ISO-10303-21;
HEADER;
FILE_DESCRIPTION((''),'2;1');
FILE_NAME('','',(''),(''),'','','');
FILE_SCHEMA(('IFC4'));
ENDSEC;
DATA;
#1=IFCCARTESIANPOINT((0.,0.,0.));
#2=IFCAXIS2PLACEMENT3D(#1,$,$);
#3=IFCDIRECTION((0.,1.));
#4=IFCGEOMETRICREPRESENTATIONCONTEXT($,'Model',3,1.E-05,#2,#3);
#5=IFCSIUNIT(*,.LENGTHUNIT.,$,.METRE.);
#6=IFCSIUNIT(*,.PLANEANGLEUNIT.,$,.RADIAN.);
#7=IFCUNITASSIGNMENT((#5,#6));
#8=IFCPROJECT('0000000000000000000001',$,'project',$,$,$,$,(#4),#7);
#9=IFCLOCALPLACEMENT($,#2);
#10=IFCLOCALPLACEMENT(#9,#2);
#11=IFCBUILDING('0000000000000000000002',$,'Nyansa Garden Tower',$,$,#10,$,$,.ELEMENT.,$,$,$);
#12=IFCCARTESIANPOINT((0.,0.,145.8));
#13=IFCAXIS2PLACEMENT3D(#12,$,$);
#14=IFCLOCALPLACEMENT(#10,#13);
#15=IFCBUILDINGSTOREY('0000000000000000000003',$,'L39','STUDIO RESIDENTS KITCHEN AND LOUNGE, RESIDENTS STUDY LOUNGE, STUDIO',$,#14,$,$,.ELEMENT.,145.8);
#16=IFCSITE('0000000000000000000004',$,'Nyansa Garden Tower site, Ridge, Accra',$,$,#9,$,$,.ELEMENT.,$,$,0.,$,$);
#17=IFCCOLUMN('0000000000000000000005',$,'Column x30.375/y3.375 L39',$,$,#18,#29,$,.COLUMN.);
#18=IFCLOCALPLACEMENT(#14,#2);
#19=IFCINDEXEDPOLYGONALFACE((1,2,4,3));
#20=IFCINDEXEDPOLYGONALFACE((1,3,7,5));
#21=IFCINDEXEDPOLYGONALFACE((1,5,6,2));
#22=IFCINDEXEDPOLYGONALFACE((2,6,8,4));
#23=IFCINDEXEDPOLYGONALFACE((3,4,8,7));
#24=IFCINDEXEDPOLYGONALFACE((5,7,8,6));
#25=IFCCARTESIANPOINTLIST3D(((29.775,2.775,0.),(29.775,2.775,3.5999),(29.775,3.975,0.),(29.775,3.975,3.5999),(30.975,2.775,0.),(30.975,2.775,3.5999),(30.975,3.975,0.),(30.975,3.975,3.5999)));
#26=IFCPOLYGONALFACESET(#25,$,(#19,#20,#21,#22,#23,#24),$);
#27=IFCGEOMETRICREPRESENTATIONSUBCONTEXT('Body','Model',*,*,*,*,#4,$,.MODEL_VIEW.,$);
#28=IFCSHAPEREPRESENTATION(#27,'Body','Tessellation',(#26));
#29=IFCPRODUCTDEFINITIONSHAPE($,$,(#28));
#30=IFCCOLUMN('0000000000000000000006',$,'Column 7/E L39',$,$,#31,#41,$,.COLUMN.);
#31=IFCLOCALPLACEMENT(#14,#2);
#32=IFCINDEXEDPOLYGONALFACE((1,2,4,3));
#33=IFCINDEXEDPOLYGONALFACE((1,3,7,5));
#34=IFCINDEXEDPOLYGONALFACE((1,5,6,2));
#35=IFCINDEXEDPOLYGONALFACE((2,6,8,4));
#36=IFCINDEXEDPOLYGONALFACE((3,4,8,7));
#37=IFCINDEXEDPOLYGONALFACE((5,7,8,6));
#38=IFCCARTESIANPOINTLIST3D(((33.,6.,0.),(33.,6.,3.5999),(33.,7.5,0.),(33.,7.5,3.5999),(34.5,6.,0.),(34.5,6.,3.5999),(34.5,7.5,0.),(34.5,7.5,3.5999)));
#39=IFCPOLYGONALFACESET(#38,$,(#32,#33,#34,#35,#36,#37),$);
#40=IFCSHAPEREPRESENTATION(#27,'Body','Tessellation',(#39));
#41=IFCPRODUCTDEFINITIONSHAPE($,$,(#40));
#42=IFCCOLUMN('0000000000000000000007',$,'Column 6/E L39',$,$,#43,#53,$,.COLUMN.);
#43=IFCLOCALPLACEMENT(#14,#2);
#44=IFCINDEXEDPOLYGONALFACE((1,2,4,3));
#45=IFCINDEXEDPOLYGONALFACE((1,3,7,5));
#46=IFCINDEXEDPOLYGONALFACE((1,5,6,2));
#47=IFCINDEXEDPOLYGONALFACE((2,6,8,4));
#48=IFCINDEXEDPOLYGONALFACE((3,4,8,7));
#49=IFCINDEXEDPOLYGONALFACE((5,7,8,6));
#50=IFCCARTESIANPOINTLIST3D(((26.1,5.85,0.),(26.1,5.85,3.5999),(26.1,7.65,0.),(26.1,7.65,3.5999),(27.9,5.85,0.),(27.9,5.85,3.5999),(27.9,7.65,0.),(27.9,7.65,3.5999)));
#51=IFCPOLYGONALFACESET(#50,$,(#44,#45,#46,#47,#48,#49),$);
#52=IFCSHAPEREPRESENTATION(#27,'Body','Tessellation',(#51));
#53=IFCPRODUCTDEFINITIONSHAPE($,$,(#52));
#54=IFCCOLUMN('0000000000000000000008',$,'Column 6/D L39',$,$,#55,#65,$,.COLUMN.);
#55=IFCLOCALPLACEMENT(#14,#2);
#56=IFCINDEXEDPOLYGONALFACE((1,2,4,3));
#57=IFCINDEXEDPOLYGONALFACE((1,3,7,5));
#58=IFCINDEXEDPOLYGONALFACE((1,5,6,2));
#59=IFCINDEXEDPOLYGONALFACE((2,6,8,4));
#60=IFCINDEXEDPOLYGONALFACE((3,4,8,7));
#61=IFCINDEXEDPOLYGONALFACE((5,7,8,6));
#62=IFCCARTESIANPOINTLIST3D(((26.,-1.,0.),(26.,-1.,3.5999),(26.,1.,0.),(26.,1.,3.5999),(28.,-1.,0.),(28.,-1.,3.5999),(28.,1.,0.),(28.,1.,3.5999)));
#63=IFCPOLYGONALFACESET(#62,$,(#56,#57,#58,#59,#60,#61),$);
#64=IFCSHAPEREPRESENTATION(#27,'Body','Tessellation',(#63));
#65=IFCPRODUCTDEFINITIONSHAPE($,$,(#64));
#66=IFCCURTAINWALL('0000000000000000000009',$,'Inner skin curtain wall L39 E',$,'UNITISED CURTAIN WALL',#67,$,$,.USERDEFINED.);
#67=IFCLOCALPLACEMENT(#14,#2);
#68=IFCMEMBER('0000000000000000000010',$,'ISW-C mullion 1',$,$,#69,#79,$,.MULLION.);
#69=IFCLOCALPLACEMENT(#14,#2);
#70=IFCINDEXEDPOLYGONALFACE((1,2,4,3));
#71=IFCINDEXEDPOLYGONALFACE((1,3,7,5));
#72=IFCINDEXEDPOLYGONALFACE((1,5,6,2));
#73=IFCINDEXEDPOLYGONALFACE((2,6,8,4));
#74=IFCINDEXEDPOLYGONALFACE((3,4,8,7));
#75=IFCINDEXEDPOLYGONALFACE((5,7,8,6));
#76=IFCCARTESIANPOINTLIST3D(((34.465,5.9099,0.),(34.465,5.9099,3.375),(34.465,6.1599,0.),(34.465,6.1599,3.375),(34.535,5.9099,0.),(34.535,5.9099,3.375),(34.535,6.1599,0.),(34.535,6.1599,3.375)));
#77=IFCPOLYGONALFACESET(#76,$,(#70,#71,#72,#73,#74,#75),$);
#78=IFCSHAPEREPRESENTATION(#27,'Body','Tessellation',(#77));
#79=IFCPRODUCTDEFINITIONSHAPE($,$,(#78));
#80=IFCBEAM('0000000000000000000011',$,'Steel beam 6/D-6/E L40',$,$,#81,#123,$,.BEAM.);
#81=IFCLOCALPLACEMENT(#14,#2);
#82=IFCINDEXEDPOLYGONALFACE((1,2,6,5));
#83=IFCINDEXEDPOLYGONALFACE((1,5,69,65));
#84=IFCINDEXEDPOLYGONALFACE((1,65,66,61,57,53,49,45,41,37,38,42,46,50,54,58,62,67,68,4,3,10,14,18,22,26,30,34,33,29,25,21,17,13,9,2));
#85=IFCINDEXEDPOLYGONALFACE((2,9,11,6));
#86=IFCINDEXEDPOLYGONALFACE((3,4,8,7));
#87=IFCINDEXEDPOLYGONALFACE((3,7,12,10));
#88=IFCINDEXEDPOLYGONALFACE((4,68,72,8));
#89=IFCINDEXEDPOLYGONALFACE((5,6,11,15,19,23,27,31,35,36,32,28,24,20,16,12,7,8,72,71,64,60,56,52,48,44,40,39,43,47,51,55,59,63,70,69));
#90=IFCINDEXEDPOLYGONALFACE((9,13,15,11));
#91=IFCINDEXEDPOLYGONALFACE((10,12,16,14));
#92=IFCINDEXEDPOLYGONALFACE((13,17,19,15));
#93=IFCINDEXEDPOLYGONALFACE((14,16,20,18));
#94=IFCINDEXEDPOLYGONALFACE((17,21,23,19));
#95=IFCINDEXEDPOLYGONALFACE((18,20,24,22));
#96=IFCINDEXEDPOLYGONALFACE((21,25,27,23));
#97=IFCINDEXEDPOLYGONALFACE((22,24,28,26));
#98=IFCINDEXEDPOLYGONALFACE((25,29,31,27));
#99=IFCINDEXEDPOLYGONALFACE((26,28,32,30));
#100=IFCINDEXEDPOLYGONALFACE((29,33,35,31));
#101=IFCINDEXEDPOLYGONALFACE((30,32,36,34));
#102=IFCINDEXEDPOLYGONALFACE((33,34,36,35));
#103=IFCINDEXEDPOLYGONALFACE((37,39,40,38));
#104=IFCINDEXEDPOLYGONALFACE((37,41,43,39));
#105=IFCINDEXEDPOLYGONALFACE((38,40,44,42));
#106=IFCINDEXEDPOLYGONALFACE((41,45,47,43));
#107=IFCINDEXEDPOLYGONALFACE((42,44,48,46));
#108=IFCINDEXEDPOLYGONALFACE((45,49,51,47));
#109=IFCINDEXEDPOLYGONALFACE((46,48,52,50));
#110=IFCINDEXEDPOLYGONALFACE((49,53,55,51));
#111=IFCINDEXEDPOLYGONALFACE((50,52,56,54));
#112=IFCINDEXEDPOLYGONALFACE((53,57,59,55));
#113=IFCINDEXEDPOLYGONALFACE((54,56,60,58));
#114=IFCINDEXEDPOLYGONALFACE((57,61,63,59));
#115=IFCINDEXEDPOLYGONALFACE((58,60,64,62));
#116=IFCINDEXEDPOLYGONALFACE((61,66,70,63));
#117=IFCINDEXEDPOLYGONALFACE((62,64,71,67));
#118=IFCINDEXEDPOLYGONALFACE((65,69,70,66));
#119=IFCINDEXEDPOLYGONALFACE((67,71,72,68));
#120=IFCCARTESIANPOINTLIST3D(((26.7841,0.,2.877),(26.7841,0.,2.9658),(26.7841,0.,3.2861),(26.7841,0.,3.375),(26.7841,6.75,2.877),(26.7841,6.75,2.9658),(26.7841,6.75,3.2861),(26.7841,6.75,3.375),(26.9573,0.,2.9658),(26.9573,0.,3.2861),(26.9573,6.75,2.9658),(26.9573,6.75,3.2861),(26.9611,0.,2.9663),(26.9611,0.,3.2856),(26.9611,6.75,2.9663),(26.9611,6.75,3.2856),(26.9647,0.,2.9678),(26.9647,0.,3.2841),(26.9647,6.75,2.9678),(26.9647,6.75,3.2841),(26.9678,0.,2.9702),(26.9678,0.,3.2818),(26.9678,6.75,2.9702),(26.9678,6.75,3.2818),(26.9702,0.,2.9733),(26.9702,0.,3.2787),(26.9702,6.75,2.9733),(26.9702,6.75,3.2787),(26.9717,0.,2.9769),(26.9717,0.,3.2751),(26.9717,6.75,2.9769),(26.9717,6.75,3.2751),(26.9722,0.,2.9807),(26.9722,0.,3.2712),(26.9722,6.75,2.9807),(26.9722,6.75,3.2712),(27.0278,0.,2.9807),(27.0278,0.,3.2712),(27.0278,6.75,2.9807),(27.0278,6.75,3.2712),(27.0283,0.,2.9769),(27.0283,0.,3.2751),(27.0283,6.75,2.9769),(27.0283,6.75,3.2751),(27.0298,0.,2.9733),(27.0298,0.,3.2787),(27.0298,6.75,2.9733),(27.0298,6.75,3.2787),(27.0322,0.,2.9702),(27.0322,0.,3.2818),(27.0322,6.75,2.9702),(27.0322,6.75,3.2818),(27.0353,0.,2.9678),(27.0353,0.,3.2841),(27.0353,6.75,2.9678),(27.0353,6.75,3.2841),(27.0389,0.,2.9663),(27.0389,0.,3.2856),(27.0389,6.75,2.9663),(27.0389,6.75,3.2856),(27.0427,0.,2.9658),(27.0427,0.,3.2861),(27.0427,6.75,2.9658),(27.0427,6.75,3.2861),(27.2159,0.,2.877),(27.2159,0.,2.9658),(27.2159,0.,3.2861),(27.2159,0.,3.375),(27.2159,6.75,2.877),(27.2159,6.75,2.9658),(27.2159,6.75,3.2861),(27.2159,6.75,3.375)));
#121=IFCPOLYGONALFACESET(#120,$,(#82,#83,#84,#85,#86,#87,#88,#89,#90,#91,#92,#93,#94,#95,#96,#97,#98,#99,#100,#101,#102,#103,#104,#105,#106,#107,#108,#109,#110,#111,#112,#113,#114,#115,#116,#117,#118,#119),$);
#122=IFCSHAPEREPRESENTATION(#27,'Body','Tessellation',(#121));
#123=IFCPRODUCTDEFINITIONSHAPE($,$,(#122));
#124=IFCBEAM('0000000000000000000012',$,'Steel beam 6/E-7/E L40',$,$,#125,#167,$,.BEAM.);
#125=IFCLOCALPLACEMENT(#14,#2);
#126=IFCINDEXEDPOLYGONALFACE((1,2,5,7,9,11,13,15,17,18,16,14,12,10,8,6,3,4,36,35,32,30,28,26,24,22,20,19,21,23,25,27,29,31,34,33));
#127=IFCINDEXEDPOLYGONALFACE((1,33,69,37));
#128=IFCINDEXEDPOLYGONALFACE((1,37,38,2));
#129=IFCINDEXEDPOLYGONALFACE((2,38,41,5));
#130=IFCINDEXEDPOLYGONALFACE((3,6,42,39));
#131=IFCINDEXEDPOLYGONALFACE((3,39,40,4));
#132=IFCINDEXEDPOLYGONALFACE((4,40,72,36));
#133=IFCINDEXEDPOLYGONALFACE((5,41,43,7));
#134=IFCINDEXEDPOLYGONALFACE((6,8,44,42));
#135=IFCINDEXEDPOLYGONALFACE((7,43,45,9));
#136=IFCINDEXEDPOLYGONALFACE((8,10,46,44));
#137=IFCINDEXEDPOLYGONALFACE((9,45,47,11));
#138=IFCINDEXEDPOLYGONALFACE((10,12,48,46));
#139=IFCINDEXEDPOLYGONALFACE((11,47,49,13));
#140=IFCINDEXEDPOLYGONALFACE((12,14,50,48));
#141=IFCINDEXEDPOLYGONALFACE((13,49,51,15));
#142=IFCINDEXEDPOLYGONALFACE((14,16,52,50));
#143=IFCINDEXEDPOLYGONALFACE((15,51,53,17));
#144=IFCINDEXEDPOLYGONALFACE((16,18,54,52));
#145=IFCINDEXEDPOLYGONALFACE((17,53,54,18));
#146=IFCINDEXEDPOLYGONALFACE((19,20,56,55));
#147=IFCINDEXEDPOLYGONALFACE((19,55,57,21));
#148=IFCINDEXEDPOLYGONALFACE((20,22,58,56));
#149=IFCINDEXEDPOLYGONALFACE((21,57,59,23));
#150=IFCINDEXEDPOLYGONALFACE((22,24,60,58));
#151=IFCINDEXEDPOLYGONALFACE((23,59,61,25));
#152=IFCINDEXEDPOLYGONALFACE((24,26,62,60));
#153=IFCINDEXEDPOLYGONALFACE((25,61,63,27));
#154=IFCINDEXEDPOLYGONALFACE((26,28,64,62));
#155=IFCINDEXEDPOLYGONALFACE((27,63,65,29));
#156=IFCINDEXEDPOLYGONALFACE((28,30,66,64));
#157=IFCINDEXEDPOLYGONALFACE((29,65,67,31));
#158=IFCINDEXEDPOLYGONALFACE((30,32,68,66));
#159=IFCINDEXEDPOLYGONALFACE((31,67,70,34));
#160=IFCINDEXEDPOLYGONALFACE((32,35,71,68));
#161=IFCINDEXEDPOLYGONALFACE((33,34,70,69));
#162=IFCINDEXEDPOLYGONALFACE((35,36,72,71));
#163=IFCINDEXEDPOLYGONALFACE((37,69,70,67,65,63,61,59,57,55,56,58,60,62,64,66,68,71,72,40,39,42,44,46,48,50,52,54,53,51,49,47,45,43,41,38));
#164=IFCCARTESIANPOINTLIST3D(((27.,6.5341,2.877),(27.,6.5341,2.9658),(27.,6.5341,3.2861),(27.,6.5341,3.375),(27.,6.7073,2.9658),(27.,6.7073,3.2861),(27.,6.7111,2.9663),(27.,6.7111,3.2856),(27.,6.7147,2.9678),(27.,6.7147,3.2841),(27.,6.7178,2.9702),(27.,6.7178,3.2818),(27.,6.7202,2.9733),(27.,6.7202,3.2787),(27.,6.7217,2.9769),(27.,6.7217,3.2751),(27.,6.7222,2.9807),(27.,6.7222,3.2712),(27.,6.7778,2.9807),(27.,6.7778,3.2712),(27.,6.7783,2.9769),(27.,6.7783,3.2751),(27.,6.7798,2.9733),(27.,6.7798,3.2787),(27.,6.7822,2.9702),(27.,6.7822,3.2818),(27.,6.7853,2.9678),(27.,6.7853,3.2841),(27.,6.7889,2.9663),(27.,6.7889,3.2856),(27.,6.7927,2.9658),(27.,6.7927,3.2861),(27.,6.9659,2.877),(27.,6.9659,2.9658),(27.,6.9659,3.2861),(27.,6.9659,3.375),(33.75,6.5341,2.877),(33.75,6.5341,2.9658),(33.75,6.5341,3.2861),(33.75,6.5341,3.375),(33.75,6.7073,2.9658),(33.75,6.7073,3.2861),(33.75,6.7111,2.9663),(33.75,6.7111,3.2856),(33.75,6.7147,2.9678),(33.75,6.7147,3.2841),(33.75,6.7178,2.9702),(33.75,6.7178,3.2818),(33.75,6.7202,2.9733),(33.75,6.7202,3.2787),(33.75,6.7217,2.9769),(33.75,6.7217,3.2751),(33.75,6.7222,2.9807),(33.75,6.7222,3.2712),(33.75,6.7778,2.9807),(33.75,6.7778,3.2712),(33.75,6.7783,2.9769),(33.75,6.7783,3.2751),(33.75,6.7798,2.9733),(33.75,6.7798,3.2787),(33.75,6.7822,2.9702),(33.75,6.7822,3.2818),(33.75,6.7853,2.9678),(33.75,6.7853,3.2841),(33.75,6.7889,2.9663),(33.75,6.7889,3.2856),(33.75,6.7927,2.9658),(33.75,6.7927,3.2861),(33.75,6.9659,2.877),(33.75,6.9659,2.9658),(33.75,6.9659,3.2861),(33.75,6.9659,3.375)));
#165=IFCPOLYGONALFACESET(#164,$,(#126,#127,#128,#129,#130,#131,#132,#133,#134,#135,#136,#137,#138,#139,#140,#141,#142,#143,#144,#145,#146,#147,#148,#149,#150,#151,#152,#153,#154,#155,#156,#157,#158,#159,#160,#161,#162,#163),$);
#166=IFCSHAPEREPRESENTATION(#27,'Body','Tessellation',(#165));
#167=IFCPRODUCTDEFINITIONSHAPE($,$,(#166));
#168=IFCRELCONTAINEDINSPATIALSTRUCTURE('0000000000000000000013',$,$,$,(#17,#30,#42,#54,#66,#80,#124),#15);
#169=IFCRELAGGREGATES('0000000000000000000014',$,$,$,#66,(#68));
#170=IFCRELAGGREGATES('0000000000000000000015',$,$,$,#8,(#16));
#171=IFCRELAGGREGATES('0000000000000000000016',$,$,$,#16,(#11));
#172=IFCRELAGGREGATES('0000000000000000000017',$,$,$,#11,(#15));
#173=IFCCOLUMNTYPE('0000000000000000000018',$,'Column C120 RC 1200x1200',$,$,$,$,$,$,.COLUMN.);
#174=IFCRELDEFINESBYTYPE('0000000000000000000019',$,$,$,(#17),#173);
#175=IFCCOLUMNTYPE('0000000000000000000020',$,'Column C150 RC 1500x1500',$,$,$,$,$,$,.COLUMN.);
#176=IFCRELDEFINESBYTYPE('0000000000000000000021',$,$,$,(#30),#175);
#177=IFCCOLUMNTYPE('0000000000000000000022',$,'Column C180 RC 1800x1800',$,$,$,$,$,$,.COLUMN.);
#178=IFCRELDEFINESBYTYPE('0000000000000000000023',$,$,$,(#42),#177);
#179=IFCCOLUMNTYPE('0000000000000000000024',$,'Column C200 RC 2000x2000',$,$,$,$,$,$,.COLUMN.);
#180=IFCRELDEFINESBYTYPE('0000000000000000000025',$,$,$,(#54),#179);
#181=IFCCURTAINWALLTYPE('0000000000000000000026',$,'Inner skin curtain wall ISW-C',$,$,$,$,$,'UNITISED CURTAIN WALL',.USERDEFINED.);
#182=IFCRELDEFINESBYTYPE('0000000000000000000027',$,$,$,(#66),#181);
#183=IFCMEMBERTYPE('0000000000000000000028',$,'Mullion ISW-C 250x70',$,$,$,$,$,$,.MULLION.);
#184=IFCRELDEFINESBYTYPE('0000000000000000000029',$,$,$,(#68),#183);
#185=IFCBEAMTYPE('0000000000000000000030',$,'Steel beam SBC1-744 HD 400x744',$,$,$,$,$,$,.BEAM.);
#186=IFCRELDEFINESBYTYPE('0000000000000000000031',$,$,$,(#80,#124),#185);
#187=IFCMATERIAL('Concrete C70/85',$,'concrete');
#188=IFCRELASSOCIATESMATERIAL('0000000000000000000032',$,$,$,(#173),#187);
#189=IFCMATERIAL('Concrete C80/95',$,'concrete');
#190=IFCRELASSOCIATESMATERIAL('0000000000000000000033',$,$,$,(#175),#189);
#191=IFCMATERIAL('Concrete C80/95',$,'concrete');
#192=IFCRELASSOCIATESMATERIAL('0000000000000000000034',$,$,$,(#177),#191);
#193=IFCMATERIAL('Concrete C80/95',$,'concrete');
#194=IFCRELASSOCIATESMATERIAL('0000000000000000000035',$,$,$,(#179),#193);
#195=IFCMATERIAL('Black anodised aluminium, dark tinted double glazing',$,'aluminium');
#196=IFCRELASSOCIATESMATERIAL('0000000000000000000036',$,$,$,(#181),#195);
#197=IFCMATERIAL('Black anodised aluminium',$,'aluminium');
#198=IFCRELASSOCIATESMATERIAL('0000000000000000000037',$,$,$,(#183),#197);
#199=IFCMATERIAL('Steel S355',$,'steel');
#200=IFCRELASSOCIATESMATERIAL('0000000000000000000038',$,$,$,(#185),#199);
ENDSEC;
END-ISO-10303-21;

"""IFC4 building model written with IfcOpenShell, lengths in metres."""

from ifc_helpers import new_model, si_unit, direction, frame, origin, origin_2d, place, context, subcontext, project, spatial, rectangle, i_section, extrude, material, material_profile, profile_set, type_object, element, aggregate, save


model = new_model("IFC4")

# Units and contexts
model_context = context("Model", 3, precision=1e-05, world=origin(), true_north=direction((0.0, 1.0)))
body_context = subcontext(model_context, "Body", "Model", "MODEL_VIEW")
ifc_project = project(units=[si_unit("LENGTHUNIT", "METRE"), si_unit("PLANEANGLEUNIT", "RADIAN")], contexts=[model_context])

# Site, building, storey
site_placement = place(None, origin())
site = spatial("IfcSite", under=ifc_project, at=site_placement, Name="Nyansa Garden Tower site, Ridge, Accra", CompositionType="ELEMENT", RefElevation=0.0)
building_placement = place(site_placement, origin())
building = spatial("IfcBuilding", under=site, at=building_placement, Name="Nyansa Garden Tower", CompositionType="ELEMENT")
storey_placement = place(building_placement, frame((0.0, 0.0, 145.8)))
storey = spatial("IfcBuildingStorey", under=building, at=storey_placement, Name="L39", Description="STUDIO RESIDENTS KITCHEN AND LOUNGE, RESIDENTS STUDY LOUNGE, STUDIO", CompositionType="ELEMENT", Elevation=145.8)

# Columns
ifc_material_1 = material(Name="Concrete C70/85", Category="concrete")
ifc_material_profile_1 = material_profile(ifc_material_1, rectangle(XDim=1.2, YDim=1.2, at=origin_2d()), Name="RC 1200x1200")
ifc_profile_set_1 = profile_set([ifc_material_profile_1], Name="Concrete C70/85")
column_type_1 = type_object("IfcColumnType", Name="Column C120 RC 1200x1200", PredefinedType="COLUMN", material=ifc_profile_set_1)
column_1_placement = place(storey_placement, frame((30.375, 3.375, 0.0), z_axis=(0.0, 0.0, 1.0), x_axis=(1.0, 0.0, 0.0)))
element("IfcColumn", 1, at=column_1_placement, inside=storey, type_object=column_type_1, Name="Column x30.375/y3.375 L39", PredefinedType="COLUMN", context=body_context, shape_type="SweptSolid", body=[
    extrude(rectangle(XDim=1.2, YDim=1.2, at=origin_2d()), origin(), (0.0, 0.0, 1.0), 3.5999),
])
ifc_material_2 = material(Name="Concrete C80/95", Category="concrete")
ifc_material_profile_2 = material_profile(ifc_material_2, rectangle(XDim=1.5, YDim=1.5, at=origin_2d()), Name="RC 1500x1500")
ifc_profile_set_2 = profile_set([ifc_material_profile_2], Name="Concrete C80/95")
column_type_2 = type_object("IfcColumnType", Name="Column C150 RC 1500x1500", PredefinedType="COLUMN", material=ifc_profile_set_2)
column_2_placement = place(storey_placement, frame((33.75, 6.75, 0.0), z_axis=(0.0, 0.0, 1.0), x_axis=(1.0, 0.0, 0.0)))
element("IfcColumn", 2, at=column_2_placement, inside=storey, type_object=column_type_2, Name="Column 7/E L39", PredefinedType="COLUMN", context=body_context, shape_type="SweptSolid", body=[
    extrude(rectangle(XDim=1.5, YDim=1.5, at=origin_2d()), origin(), (0.0, 0.0, 1.0), 3.5999),
])
ifc_material_3 = material(Name="Concrete C80/95", Category="concrete")
ifc_material_profile_3 = material_profile(ifc_material_3, rectangle(XDim=1.8, YDim=1.8, at=origin_2d()), Name="RC 1800x1800")
ifc_profile_set_3 = profile_set([ifc_material_profile_3], Name="Concrete C80/95")
column_type_3 = type_object("IfcColumnType", Name="Column C180 RC 1800x1800", PredefinedType="COLUMN", material=ifc_profile_set_3)
column_3_placement = place(storey_placement, frame((27.0, 6.75, 0.0), z_axis=(0.0, 0.0, 1.0), x_axis=(1.0, 0.0, 0.0)))
element("IfcColumn", 3, at=column_3_placement, inside=storey, type_object=column_type_3, Name="Column 6/E L39", PredefinedType="COLUMN", context=body_context, shape_type="SweptSolid", body=[
    extrude(rectangle(XDim=1.8, YDim=1.8, at=origin_2d()), origin(), (0.0, 0.0, 1.0), 3.5999),
])
ifc_material_4 = material(Name="Concrete C80/95", Category="concrete")
ifc_material_profile_4 = material_profile(ifc_material_4, rectangle(XDim=2.0, YDim=2.0, at=origin_2d()), Name="RC 2000x2000")
ifc_profile_set_4 = profile_set([ifc_material_profile_4], Name="Concrete C80/95")
column_type_4 = type_object("IfcColumnType", Name="Column C200 RC 2000x2000", PredefinedType="COLUMN", material=ifc_profile_set_4)
column_4_placement = place(storey_placement, frame((27.0, 0.0, 0.0), z_axis=(0.0, 0.0, 1.0), x_axis=(1.0, 0.0, 0.0)))
element("IfcColumn", 4, at=column_4_placement, inside=storey, type_object=column_type_4, Name="Column 6/D L39", PredefinedType="COLUMN", context=body_context, shape_type="SweptSolid", body=[
    extrude(rectangle(XDim=2.0, YDim=2.0, at=origin_2d()), origin(), (0.0, 0.0, 1.0), 3.5999),
])

# Curtain wall, member
ifc_material_5 = material(Name="Black anodised aluminium, dark tinted double glazing", Category="aluminium")
curtain_wall_type = type_object("IfcCurtainWallType", Name="Inner skin curtain wall ISW-C", ElementType="UNITISED CURTAIN WALL", PredefinedType="USERDEFINED", material=ifc_material_5)
curtain_wall_placement = place(storey_placement, origin())
curtain_wall = element("IfcCurtainWall", 5, at=curtain_wall_placement, inside=storey, type_object=curtain_wall_type, Name="Inner skin curtain wall L39 E", ObjectType="UNITISED CURTAIN WALL", PredefinedType="USERDEFINED")
ifc_material_6 = material(Name="Black anodised aluminium", Category="aluminium")
ifc_material_profile_5 = material_profile(ifc_material_6, rectangle(XDim=0.0701, YDim=0.25, at=origin_2d()), Name="Mullion 250x70")
ifc_profile_set_5 = profile_set([ifc_material_profile_5], Name="Black anodised aluminium")
member_type_1 = type_object("IfcMemberType", Name="Mullion ISW-C 250x70", PredefinedType="MULLION", material=ifc_profile_set_5)
member_1_placement = place(storey_placement, frame((34.5, 6.0349, 0.0), z_axis=(0.0, 0.0, 1.0), x_axis=(-1.0, 0.0, 0.0)))
member_1 = element("IfcMember", 6, at=member_1_placement, type_object=member_type_1, Name="ISW-C mullion 1", PredefinedType="MULLION", context=body_context, shape_type="SweptSolid", body=[
    extrude(rectangle(XDim=0.0701, YDim=0.25, at=origin_2d()), origin(), (0.0, 0.0, 1.0), 3.375),
])

# Beams
ifc_material_7 = material(Name="Steel S355", Category="steel")
ifc_material_profile_6 = material_profile(ifc_material_7, i_section(OverallWidth=0.4319, OverallDepth=0.498, WebThickness=0.0557, FlangeThickness=0.0889, FilletRadius=0.0149, at=origin_2d()), Name="HD 400x744")
ifc_profile_set_6 = profile_set([ifc_material_profile_6], Name="Steel S355")
beam_type_1 = type_object("IfcBeamType", Name="Steel beam SBC1-744 HD 400x744", PredefinedType="BEAM", material=ifc_profile_set_6)
for number, where, z_axis, x_axis, name in (
    (7, (27.0, 0.0, 3.126), (0.0, 1.0, 0.0), (-1.0, 0.0, 0.0), "Steel beam 6/D-6/E L40"),
    (8, (27.0, 6.75, 3.126), (1.0, 0.0, 0.0), (0.0, 1.0, 0.0), "Steel beam 6/E-7/E L40"),
):
    element("IfcBeam", number, at=place(storey_placement, frame(where, z_axis=z_axis, x_axis=x_axis)), inside=storey, type_object=beam_type_1, Name=name, PredefinedType="BEAM", context=body_context, shape_type="SweptSolid", body=[
        extrude(i_section(OverallWidth=0.4319, OverallDepth=0.498, WebThickness=0.0557, FlangeThickness=0.0889, FilletRadius=0.0149, at=origin_2d()), origin(), (0.0, 0.0, 1.0), 6.75),
    ])

aggregate(curtain_wall, [member_1])

save(model, "model.ifc")
